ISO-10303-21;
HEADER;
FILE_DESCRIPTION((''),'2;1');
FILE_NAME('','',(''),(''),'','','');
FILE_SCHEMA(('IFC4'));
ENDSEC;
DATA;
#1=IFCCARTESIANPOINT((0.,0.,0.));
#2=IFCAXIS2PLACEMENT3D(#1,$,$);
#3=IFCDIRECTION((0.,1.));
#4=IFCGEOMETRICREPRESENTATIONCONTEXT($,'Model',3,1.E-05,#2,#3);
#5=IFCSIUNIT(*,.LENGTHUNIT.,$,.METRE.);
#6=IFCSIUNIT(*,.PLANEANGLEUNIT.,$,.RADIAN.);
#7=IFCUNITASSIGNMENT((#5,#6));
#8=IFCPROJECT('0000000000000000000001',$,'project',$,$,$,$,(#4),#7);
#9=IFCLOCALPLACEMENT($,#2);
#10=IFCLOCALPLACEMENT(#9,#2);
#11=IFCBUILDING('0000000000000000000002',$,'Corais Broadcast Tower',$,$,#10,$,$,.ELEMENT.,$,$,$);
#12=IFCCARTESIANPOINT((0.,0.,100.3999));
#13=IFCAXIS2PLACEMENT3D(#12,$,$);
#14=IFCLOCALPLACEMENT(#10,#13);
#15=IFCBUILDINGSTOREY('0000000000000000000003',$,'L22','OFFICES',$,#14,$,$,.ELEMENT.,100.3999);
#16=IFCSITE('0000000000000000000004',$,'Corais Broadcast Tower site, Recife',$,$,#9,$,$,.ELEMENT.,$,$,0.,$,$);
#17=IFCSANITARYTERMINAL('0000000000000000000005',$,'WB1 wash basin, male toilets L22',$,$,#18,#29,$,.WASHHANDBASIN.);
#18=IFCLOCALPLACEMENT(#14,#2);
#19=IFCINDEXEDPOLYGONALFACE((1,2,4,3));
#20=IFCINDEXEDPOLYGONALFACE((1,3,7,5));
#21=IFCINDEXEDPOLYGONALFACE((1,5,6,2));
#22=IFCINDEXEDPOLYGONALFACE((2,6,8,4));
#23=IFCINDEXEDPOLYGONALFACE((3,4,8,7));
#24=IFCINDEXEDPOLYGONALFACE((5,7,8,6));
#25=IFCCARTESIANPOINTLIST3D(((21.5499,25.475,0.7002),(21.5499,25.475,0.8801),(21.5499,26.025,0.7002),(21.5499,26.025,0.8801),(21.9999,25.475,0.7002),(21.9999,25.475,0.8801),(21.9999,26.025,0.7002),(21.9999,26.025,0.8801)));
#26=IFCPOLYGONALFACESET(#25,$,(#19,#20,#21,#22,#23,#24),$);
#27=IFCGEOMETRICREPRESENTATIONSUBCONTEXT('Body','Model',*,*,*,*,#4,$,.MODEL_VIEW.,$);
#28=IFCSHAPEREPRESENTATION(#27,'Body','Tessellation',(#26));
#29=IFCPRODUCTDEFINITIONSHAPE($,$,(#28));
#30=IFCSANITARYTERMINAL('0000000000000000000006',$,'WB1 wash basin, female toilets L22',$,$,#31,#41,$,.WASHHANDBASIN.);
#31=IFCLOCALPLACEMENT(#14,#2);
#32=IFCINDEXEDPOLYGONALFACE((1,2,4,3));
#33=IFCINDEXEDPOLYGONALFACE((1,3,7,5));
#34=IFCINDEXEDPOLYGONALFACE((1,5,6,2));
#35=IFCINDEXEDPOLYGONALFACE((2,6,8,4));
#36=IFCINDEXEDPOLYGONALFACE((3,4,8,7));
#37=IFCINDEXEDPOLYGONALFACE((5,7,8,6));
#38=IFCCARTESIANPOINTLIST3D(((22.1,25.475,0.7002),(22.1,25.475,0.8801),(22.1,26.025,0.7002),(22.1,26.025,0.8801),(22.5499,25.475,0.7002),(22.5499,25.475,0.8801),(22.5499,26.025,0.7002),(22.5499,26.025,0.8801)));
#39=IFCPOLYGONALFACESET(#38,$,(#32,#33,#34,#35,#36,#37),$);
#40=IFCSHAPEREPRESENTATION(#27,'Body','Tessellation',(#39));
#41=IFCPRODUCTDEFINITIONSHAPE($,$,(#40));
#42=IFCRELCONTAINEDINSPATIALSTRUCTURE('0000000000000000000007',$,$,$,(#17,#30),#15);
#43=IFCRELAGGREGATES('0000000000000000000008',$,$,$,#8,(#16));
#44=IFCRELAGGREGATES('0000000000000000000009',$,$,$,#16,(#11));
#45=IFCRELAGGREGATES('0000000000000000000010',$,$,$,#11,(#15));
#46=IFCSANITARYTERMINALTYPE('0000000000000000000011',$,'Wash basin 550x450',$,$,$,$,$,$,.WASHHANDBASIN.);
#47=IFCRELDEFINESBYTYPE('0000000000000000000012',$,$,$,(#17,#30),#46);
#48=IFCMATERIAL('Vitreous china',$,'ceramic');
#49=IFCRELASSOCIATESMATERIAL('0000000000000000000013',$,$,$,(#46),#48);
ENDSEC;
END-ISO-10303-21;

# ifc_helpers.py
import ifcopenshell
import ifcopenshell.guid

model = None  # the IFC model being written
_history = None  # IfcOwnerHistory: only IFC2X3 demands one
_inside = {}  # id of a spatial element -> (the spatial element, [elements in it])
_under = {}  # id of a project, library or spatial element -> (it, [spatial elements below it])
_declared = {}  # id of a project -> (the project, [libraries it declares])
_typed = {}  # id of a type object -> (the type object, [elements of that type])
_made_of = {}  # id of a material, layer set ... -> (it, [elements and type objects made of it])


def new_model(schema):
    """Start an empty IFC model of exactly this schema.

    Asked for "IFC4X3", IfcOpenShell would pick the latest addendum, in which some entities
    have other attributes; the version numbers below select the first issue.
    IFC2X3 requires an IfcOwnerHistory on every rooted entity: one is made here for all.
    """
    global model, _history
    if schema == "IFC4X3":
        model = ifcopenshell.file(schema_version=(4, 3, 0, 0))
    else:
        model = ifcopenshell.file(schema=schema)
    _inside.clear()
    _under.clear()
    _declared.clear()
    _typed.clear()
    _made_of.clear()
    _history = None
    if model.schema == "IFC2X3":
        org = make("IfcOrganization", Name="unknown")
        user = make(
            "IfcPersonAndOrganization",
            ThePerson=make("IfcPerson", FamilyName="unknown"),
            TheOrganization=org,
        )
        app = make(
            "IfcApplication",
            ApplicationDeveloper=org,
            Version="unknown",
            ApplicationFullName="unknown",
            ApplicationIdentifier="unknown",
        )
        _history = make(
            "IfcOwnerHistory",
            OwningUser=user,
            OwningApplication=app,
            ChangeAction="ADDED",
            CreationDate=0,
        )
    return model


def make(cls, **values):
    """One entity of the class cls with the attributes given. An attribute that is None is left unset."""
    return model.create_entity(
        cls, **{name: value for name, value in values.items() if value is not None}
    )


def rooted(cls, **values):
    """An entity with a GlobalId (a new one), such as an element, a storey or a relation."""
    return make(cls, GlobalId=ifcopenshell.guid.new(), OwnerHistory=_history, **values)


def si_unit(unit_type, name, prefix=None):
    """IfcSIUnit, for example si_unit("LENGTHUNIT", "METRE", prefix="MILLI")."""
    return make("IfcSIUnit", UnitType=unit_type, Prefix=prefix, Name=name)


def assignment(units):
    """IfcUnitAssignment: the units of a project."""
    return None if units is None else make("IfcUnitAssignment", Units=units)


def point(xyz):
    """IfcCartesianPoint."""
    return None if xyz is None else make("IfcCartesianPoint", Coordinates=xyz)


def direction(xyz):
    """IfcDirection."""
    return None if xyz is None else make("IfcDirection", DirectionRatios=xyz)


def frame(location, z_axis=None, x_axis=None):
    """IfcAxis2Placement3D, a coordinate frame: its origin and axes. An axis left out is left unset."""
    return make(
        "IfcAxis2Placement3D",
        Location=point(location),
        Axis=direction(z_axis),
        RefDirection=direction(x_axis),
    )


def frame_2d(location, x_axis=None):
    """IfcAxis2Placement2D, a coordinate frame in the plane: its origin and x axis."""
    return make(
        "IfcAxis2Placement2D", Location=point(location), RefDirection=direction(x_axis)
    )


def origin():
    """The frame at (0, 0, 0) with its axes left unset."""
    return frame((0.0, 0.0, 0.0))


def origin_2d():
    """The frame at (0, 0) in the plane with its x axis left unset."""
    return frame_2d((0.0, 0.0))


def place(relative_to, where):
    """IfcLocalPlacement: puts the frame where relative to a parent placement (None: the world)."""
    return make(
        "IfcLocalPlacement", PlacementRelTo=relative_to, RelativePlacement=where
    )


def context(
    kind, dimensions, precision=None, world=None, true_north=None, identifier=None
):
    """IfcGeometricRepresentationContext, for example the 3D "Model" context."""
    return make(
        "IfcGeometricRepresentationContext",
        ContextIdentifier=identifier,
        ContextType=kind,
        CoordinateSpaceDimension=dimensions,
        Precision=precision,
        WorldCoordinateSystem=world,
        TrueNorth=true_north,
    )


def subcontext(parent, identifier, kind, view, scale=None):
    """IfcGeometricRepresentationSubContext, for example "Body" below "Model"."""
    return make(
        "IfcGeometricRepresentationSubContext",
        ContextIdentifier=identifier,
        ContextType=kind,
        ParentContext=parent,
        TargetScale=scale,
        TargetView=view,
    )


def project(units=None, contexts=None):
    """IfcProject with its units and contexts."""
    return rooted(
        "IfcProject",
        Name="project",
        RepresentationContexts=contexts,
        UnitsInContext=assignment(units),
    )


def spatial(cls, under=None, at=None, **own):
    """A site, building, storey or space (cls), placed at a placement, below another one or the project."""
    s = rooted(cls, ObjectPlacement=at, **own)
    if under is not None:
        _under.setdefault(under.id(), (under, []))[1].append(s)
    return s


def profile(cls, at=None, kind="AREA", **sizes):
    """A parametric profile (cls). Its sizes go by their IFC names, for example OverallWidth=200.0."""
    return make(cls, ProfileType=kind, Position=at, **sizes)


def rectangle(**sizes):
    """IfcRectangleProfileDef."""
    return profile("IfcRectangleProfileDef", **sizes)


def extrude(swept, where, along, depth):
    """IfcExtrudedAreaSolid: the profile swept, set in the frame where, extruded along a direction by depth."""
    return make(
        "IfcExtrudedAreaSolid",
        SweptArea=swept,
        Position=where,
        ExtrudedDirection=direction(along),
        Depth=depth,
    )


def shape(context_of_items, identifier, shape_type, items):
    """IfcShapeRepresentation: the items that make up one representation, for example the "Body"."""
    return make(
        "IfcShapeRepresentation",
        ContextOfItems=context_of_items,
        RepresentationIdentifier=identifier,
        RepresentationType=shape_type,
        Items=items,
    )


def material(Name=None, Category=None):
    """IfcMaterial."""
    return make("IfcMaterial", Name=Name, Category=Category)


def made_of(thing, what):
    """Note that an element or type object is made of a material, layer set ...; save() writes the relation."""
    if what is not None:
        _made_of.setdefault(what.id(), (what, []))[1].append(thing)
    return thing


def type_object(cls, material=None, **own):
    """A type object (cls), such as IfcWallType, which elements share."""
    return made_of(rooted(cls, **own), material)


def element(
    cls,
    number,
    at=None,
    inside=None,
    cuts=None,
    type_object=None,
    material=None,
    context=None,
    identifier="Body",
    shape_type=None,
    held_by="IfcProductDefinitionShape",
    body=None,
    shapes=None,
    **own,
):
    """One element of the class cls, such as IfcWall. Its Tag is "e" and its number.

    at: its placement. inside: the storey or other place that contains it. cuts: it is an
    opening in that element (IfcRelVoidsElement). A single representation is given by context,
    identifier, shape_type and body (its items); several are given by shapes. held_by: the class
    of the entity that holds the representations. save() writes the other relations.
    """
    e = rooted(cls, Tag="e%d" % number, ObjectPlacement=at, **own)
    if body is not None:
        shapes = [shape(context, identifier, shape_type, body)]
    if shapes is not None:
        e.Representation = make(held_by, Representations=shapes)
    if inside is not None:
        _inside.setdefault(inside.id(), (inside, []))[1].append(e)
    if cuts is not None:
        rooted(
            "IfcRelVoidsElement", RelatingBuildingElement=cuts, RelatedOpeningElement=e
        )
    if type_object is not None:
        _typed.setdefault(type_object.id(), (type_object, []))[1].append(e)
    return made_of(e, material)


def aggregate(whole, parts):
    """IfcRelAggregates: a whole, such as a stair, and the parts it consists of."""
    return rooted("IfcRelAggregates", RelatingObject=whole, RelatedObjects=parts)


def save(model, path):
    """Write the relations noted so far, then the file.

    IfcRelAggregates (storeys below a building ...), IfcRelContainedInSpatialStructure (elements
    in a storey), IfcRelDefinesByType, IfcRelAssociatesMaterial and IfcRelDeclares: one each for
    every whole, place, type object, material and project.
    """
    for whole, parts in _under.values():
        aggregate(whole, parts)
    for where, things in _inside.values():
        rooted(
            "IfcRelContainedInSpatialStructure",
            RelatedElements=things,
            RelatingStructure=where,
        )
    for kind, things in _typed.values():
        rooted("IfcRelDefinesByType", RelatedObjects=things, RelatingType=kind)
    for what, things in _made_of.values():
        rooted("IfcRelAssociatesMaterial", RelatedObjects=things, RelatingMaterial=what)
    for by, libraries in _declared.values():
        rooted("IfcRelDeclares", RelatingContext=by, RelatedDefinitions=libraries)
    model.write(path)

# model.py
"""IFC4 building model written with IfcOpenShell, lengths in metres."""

from ifc_helpers import new_model, si_unit, direction, frame, origin, origin_2d, place, context, subcontext, project, spatial, rectangle, extrude, material, type_object, element, save


model = new_model("IFC4")

# Units and contexts
model_context = context("Model", 3, precision=1e-05, world=origin(), true_north=direction((0.0, 1.0)))
body_context = subcontext(model_context, "Body", "Model", "MODEL_VIEW")
ifc_project = project(units=[si_unit("LENGTHUNIT", "METRE"), si_unit("PLANEANGLEUNIT", "RADIAN")], contexts=[model_context])

# Site, building, storey
site_placement = place(None, origin())
site = spatial("IfcSite", under=ifc_project, at=site_placement, Name="Corais Broadcast Tower site, Recife", CompositionType="ELEMENT", RefElevation=0.0)
building_placement = place(site_placement, origin())
building = spatial("IfcBuilding", under=site, at=building_placement, Name="Corais Broadcast Tower", CompositionType="ELEMENT")
storey_placement = place(building_placement, frame((0.0, 0.0, 100.3999)))
storey = spatial("IfcBuildingStorey", under=building, at=storey_placement, Name="L22", Description="OFFICES", CompositionType="ELEMENT", Elevation=100.3999)

# Sanitary terminals
ifc_material_1 = material(Name="Vitreous china", Category="ceramic")
sanitary_terminal_type_1 = type_object("IfcSanitaryTerminalType", Name="Wash basin 550x450", PredefinedType="WASHHANDBASIN", material=ifc_material_1)
for number, where, z_axis, x_axis, name in (
    (1, (21.7749, 25.75, 0.7002), (0.0, 0.0, 1.0), (1.0, 0.0, 0.0), "WB1 wash basin, male toilets L22"),
    (2, (22.325, 25.75, 0.7002), (0.0, 0.0, 1.0), (1.0, 0.0, 0.0), "WB1 wash basin, female toilets L22"),
):
    element("IfcSanitaryTerminal", number, at=place(storey_placement, frame(where, z_axis=z_axis, x_axis=x_axis)), inside=storey, type_object=sanitary_terminal_type_1, Name=name, PredefinedType="WASHHANDBASIN", context=body_context, shape_type="SweptSolid", body=[
        extrude(rectangle(XDim=0.45, YDim=0.55, at=origin_2d()), origin(), (0.0, 0.0, 1.0), 0.1799),
    ])

save(model, "model.ifc")
